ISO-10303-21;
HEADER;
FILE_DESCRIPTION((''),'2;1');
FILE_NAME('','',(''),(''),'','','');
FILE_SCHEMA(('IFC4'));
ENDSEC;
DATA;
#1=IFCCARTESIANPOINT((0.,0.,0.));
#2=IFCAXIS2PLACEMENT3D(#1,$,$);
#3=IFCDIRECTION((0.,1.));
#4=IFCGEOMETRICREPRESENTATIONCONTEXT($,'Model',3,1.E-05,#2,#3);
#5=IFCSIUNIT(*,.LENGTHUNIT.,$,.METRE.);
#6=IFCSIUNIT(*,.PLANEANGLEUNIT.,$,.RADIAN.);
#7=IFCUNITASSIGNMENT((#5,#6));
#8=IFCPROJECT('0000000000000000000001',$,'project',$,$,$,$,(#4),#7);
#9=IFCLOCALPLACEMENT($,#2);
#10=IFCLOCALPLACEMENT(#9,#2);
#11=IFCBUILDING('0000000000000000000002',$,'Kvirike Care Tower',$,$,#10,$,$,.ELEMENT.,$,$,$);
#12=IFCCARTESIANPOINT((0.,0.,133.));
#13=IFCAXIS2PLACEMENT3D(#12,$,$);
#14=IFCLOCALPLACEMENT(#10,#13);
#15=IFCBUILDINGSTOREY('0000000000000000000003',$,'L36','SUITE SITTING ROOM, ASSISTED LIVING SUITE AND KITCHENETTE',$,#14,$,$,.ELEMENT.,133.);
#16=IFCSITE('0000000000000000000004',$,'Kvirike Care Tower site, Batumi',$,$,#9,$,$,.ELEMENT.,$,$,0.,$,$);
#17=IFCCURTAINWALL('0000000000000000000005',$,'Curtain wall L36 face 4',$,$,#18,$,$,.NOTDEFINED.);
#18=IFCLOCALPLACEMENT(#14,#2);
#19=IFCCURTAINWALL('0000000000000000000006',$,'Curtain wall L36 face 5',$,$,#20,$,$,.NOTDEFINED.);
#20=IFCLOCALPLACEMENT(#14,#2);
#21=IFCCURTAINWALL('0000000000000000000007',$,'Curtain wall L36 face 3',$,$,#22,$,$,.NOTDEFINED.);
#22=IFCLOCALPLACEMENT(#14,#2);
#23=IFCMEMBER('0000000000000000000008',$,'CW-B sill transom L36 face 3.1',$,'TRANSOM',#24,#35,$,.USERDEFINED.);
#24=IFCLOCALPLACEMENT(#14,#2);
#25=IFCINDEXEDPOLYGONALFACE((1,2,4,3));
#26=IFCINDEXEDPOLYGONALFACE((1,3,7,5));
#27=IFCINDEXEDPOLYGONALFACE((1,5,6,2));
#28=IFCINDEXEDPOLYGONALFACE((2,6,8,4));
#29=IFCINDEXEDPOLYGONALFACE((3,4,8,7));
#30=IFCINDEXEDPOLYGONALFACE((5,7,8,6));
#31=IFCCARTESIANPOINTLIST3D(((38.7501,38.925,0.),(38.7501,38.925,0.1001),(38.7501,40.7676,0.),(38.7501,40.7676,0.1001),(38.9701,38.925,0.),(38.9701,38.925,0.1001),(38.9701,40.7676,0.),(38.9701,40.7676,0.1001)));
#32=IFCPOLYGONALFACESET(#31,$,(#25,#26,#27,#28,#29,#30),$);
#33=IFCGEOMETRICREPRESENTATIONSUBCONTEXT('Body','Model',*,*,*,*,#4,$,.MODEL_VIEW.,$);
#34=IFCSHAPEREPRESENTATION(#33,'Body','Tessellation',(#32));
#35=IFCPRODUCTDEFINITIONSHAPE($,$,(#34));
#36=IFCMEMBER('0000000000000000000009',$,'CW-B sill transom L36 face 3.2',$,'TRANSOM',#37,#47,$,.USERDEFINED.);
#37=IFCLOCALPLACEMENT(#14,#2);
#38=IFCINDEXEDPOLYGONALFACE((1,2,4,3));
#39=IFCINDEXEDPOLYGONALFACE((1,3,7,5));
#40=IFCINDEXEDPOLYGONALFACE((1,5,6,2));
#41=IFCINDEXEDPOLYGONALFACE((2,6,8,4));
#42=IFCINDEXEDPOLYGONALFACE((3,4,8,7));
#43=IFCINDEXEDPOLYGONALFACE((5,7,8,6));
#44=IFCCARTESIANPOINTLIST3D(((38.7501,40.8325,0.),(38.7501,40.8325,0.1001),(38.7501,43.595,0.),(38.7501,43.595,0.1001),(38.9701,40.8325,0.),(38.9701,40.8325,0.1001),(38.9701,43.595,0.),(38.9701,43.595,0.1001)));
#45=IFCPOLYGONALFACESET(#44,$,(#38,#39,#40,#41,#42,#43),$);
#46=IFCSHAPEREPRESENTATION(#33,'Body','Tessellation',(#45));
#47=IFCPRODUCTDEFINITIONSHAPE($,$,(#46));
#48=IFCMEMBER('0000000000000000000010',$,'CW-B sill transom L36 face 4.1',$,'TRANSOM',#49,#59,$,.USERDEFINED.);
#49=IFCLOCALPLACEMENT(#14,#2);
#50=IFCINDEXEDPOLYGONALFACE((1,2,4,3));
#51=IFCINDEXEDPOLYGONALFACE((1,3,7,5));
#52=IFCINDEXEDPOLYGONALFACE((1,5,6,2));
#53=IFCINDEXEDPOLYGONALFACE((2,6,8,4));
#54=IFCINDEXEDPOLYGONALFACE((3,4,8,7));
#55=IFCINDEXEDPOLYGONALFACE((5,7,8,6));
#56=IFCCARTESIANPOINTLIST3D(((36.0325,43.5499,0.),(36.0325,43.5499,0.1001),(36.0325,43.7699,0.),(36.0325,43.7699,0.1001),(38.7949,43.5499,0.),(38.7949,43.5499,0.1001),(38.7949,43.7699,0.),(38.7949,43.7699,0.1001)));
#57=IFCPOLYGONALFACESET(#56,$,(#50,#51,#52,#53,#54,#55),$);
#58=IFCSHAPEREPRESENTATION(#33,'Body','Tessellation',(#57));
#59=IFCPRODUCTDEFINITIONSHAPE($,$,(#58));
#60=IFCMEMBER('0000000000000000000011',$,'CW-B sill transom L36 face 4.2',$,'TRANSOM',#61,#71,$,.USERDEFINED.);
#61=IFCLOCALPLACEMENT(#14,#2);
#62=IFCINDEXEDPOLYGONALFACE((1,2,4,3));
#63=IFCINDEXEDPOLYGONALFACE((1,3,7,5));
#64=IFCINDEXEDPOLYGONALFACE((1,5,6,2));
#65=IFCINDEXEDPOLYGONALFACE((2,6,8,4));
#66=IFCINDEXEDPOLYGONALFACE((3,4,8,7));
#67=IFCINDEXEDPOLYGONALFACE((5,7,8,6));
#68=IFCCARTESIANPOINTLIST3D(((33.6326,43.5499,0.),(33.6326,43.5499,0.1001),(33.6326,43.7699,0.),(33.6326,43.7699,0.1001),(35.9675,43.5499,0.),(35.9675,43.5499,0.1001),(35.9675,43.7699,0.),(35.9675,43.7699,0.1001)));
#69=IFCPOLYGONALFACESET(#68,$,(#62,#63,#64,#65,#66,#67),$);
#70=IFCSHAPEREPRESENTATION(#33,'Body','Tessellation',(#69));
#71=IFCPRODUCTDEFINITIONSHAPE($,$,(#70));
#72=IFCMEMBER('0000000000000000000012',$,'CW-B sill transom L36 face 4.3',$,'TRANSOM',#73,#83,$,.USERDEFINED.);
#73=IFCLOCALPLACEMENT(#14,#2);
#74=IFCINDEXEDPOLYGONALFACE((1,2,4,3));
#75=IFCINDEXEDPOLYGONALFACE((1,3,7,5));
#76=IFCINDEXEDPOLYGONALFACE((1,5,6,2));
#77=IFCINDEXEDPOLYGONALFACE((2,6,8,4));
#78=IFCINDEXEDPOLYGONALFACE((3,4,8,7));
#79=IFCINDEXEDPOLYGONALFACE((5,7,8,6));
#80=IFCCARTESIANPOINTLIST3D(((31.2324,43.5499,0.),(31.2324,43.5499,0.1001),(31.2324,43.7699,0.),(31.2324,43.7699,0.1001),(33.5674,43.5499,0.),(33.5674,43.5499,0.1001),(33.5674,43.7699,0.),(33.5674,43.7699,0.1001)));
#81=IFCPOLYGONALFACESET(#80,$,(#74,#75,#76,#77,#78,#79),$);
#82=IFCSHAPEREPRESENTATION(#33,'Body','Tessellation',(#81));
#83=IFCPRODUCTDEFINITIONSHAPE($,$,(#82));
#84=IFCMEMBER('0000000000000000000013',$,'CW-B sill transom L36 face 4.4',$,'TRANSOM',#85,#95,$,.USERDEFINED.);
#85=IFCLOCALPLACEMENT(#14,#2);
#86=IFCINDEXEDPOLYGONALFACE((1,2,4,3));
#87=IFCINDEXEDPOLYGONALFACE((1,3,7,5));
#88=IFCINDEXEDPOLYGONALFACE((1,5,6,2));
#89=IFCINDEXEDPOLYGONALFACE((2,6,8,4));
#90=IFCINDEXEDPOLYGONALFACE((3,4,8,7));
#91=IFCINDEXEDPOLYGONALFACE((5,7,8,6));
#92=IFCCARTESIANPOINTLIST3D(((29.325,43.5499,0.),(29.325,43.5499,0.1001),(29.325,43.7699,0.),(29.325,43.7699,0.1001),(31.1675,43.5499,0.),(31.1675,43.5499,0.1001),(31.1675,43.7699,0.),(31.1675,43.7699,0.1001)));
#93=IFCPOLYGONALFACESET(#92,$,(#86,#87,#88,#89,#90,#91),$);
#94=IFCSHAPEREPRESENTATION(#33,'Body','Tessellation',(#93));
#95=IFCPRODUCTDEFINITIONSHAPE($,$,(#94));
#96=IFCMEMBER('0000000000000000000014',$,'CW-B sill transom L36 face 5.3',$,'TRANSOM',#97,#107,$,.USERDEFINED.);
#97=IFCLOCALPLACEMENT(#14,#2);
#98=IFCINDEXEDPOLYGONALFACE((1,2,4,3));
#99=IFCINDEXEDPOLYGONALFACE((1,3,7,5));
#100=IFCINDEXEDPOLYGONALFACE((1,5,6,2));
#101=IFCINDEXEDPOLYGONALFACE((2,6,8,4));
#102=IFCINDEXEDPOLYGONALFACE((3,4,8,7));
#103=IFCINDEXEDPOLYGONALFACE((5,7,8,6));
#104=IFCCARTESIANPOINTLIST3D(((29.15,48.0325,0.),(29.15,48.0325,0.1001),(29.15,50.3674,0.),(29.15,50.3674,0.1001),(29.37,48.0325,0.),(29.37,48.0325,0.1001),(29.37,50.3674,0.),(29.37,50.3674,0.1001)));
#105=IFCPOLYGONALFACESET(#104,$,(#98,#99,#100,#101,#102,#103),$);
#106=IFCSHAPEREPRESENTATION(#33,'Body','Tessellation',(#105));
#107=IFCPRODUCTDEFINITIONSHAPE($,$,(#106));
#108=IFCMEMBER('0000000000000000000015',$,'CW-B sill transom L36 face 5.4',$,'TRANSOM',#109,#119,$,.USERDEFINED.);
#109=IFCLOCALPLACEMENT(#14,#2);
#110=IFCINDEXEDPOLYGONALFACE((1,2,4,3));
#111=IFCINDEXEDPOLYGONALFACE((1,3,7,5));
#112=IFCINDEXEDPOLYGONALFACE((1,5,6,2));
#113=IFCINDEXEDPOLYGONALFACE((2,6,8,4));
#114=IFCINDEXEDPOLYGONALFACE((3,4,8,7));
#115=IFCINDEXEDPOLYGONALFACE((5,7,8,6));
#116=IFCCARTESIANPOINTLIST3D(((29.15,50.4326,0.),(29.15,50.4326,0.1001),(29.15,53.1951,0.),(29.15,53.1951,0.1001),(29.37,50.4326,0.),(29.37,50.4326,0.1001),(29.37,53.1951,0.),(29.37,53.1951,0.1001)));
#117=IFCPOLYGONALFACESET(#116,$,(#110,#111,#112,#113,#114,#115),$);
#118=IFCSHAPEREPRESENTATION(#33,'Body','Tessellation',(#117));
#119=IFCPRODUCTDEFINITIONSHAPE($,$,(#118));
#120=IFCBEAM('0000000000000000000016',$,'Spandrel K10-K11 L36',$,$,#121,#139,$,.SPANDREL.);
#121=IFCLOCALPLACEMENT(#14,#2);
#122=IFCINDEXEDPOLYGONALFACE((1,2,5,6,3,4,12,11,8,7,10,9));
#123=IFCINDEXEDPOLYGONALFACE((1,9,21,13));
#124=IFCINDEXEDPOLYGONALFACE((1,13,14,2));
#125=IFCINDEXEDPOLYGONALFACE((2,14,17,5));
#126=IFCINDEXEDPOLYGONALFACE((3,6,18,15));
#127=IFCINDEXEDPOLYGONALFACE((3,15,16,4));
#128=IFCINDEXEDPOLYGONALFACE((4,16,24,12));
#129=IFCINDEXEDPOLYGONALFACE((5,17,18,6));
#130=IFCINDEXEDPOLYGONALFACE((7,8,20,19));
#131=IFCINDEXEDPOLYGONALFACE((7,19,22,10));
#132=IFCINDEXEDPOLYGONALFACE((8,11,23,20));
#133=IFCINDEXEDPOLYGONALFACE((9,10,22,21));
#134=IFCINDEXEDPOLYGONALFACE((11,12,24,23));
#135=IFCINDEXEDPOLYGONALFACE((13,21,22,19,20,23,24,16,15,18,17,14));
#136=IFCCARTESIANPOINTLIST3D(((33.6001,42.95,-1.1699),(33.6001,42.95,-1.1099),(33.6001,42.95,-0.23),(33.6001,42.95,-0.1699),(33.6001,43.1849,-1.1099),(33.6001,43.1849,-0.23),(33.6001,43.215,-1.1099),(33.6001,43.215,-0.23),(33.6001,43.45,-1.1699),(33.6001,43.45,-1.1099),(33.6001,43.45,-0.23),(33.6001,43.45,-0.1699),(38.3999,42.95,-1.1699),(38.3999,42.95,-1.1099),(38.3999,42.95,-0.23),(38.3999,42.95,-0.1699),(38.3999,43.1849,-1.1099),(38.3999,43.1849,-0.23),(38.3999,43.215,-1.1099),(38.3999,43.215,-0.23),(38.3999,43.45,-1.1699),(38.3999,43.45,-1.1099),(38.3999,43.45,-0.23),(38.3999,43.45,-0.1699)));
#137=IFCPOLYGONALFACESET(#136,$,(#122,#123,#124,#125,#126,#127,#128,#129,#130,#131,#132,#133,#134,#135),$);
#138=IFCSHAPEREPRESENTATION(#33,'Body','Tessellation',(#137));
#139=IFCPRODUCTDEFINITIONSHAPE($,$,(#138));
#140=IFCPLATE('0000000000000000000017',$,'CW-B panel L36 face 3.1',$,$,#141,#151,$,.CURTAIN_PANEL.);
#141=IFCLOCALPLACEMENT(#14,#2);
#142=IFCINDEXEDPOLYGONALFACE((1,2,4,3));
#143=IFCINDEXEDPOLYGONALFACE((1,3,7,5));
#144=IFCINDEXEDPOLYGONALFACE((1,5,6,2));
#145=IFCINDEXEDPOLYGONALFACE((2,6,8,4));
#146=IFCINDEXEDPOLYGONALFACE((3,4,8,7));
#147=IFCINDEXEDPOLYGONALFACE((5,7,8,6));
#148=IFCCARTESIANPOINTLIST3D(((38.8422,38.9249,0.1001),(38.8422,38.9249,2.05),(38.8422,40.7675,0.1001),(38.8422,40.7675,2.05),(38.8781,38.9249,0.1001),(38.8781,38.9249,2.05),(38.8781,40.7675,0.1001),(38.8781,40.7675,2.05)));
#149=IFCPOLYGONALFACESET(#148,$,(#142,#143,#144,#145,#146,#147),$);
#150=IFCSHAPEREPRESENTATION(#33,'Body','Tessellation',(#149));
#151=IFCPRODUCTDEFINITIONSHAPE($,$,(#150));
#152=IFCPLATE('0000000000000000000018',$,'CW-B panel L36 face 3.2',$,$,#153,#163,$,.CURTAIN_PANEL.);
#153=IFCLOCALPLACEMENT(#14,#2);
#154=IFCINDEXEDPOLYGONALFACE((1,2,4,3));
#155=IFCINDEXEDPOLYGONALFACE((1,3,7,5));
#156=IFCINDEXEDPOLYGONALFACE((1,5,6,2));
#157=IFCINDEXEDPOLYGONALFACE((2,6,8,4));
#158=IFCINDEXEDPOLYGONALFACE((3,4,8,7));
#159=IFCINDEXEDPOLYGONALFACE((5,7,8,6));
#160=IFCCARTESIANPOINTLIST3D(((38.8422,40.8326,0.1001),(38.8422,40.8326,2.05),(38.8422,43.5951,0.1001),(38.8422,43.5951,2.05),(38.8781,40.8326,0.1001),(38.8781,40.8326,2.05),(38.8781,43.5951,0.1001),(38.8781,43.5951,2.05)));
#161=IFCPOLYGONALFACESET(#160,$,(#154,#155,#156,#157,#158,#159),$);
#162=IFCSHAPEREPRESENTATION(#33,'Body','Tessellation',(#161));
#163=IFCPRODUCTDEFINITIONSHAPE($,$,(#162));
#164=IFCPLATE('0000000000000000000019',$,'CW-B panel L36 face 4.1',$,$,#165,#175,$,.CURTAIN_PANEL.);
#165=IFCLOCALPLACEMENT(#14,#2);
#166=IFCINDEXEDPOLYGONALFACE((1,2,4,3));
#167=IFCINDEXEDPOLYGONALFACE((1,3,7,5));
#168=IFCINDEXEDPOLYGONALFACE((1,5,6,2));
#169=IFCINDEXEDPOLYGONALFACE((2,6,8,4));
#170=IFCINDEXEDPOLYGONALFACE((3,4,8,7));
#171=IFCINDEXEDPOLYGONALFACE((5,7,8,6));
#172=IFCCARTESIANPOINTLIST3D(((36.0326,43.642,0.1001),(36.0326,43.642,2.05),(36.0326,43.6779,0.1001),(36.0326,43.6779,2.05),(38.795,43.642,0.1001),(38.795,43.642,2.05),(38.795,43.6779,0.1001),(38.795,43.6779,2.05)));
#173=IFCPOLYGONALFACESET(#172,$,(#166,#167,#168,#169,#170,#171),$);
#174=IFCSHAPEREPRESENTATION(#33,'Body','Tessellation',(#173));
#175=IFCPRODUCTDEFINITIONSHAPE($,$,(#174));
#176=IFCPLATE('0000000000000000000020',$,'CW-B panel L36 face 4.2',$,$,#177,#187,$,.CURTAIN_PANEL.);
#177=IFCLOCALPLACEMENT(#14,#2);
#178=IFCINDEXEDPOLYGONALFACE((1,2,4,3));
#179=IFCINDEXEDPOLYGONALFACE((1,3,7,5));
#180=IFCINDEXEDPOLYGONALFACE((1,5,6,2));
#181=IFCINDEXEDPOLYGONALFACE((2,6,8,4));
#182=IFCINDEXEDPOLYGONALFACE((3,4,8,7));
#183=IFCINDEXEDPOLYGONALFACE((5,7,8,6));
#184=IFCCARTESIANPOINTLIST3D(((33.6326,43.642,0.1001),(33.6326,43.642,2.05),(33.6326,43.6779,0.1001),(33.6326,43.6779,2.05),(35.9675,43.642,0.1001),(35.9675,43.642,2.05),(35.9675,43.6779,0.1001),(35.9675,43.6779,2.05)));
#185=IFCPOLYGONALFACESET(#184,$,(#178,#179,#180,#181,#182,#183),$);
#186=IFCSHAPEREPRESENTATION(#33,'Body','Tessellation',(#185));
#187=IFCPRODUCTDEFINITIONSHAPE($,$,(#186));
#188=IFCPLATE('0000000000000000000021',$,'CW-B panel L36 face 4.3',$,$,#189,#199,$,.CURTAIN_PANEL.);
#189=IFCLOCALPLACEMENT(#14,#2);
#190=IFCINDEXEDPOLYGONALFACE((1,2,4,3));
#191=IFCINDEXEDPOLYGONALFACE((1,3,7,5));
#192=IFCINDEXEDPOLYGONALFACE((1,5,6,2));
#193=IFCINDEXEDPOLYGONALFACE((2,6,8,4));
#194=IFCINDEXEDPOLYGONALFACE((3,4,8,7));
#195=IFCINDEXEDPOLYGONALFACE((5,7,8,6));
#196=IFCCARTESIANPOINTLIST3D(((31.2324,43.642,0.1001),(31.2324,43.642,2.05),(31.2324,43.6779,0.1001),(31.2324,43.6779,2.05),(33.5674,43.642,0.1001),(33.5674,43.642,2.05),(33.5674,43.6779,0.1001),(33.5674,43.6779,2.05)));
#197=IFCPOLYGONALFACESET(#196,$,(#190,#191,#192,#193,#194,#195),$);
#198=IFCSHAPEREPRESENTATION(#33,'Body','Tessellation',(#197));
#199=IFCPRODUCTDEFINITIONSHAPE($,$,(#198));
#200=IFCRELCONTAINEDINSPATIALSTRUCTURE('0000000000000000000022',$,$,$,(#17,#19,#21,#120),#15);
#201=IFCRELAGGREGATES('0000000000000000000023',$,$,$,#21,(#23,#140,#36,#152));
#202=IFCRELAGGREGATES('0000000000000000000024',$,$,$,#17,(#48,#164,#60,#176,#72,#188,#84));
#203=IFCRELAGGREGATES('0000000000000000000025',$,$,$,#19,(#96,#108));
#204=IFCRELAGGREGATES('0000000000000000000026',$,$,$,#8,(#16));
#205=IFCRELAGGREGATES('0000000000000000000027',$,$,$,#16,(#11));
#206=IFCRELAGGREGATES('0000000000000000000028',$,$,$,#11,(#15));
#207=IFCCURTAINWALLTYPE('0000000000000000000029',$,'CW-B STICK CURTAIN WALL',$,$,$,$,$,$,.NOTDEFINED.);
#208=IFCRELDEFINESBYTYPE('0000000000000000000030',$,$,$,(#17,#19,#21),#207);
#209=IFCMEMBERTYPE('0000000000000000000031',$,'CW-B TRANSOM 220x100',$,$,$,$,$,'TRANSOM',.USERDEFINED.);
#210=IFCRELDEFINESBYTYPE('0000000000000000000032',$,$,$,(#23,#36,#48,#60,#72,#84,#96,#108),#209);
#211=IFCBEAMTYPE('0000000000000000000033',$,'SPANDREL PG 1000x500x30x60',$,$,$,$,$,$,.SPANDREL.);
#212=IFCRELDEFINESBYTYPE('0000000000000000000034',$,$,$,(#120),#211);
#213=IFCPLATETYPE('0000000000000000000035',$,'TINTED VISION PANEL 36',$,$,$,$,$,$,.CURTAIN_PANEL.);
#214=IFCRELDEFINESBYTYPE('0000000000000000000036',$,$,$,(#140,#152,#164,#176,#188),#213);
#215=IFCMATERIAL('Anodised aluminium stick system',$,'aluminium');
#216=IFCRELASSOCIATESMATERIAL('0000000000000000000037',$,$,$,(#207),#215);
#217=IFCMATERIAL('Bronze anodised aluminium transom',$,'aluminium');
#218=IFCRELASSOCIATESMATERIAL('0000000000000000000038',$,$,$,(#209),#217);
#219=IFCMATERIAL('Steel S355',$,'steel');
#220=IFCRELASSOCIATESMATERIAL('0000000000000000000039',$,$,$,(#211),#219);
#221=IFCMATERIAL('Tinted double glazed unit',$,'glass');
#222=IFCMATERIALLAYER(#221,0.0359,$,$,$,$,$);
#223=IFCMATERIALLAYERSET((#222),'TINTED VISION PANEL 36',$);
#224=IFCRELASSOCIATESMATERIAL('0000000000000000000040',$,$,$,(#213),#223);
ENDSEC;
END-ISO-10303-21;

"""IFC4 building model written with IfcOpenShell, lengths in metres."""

from ifc_helpers import new_model, si_unit, direction, frame, origin, origin_2d, place, context, subcontext, project, spatial, rectangle, i_section, extrude, material, layer, layer_set, material_profile, profile_set, type_object, element, aggregate, save


model = new_model("IFC4")

# Units and contexts
model_context = context("Model", 3, precision=1e-05, world=origin(), true_north=direction((0.0, 1.0)))
body_context = subcontext(model_context, "Body", "Model", "MODEL_VIEW")
ifc_project = project(units=[si_unit("LENGTHUNIT", "METRE"), si_unit("PLANEANGLEUNIT", "RADIAN")], contexts=[model_context])

# Site, building, storey
site_placement = place(None, origin())
site = spatial("IfcSite", under=ifc_project, at=site_placement, Name="Kvirike Care Tower site, Batumi", CompositionType="ELEMENT", RefElevation=0.0)
building_placement = place(site_placement, origin())
building = spatial("IfcBuilding", under=site, at=building_placement, Name="Kvirike Care Tower", CompositionType="ELEMENT")
storey_placement = place(building_placement, frame((0.0, 0.0, 133.0)))
storey = spatial("IfcBuildingStorey", under=building, at=storey_placement, Name="L36", Description="SUITE SITTING ROOM, ASSISTED LIVING SUITE AND KITCHENETTE", CompositionType="ELEMENT", Elevation=133.0)

# Curtain walls
ifc_material_1 = material(Name="Anodised aluminium stick system", Category="aluminium")
curtain_wall_type = type_object("IfcCurtainWallType", Name="CW-B STICK CURTAIN WALL", PredefinedType="NOTDEFINED", material=ifc_material_1)
curtain_wall_1_placement = place(storey_placement, origin())
curtain_wall_1 = element("IfcCurtainWall", 1, at=curtain_wall_1_placement, inside=storey, type_object=curtain_wall_type, Name="Curtain wall L36 face 4", PredefinedType="NOTDEFINED")
curtain_wall_2_placement = place(storey_placement, origin())
curtain_wall_2 = element("IfcCurtainWall", 2, at=curtain_wall_2_placement, inside=storey, type_object=curtain_wall_type, Name="Curtain wall L36 face 5", PredefinedType="NOTDEFINED")

# Curtain wall
curtain_wall_3_placement = place(storey_placement, origin())
curtain_wall_3 = element("IfcCurtainWall", 3, at=curtain_wall_3_placement, inside=storey, type_object=curtain_wall_type, Name="Curtain wall L36 face 3", PredefinedType="NOTDEFINED")

# Members
ifc_material_2 = material(Name="Bronze anodised aluminium transom", Category="aluminium")
ifc_material_profile_1 = material_profile(ifc_material_2, rectangle(XDim=0.22, YDim=0.1001, at=origin_2d()), Name="CW-B TRANSOM 220x100")
ifc_profile_set_1 = profile_set([ifc_material_profile_1], Name="Bronze anodised aluminium transom")
member_type_1 = type_object("IfcMemberType", Name="CW-B TRANSOM 220x100", ElementType="TRANSOM", PredefinedType="USERDEFINED", material=ifc_profile_set_1)
member_1_placement = place(storey_placement, frame((38.8601, 38.925, 0.05), z_axis=(0.0, 1.0, 0.0), x_axis=(-1.0, 0.0, 0.0)))
member_1 = element("IfcMember", 4, at=member_1_placement, type_object=member_type_1, Name="CW-B sill transom L36 face 3.1", ObjectType="TRANSOM", PredefinedType="USERDEFINED", context=body_context, shape_type="SweptSolid", body=[
    extrude(rectangle(XDim=0.22, YDim=0.1001, at=origin_2d()), origin(), (0.0, 0.0, 1.0), 1.8425),
])
member_2_placement = place(storey_placement, frame((38.8601, 40.8325, 0.05), z_axis=(0.0, 1.0, 0.0), x_axis=(-1.0, 0.0, 0.0)))
member_2 = element("IfcMember", 5, at=member_2_placement, type_object=member_type_1, Name="CW-B sill transom L36 face 3.2", ObjectType="TRANSOM", PredefinedType="USERDEFINED", context=body_context, shape_type="SweptSolid", body=[
    extrude(rectangle(XDim=0.22, YDim=0.1001, at=origin_2d()), origin(), (0.0, 0.0, 1.0), 2.7625),
])
member_3_placement = place(storey_placement, frame((38.7949, 43.6599, 0.05), z_axis=(-1.0, 0.0, 0.0), x_axis=(0.0, -1.0, 0.0)))
member_3 = element("IfcMember", 6, at=member_3_placement, type_object=member_type_1, Name="CW-B sill transom L36 face 4.1", ObjectType="TRANSOM", PredefinedType="USERDEFINED", context=body_context, shape_type="SweptSolid", body=[
    extrude(rectangle(XDim=0.22, YDim=0.1001, at=origin_2d()), origin(), (0.0, 0.0, 1.0), 2.7625),
])
member_4_placement = place(storey_placement, frame((35.9675, 43.6599, 0.05), z_axis=(-1.0, 0.0, 0.0), x_axis=(0.0, -1.0, 0.0)))
member_4 = element("IfcMember", 7, at=member_4_placement, type_object=member_type_1, Name="CW-B sill transom L36 face 4.2", ObjectType="TRANSOM", PredefinedType="USERDEFINED", context=body_context, shape_type="SweptSolid", body=[
    extrude(rectangle(XDim=0.22, YDim=0.1001, at=origin_2d()), origin(), (0.0, 0.0, 1.0), 2.335),
])
member_5_placement = place(storey_placement, frame((33.5674, 43.6599, 0.05), z_axis=(-1.0, 0.0, 0.0), x_axis=(0.0, -1.0, 0.0)))
member_5 = element("IfcMember", 8, at=member_5_placement, type_object=member_type_1, Name="CW-B sill transom L36 face 4.3", ObjectType="TRANSOM", PredefinedType="USERDEFINED", context=body_context, shape_type="SweptSolid", body=[
    extrude(rectangle(XDim=0.22, YDim=0.1001, at=origin_2d()), origin(), (0.0, 0.0, 1.0), 2.335),
])
member_6_placement = place(storey_placement, frame((31.1675, 43.6599, 0.05), z_axis=(-1.0, 0.0, 0.0), x_axis=(0.0, -1.0, 0.0)))
member_6 = element("IfcMember", 9, at=member_6_placement, type_object=member_type_1, Name="CW-B sill transom L36 face 4.4", ObjectType="TRANSOM", PredefinedType="USERDEFINED", context=body_context, shape_type="SweptSolid", body=[
    extrude(rectangle(XDim=0.22, YDim=0.1001, at=origin_2d()), origin(), (0.0, 0.0, 1.0), 1.8425),
])
member_7_placement = place(storey_placement, frame((29.26, 48.0325, 0.05), z_axis=(0.0, 1.0, 0.0), x_axis=(-1.0, 0.0, 0.0)))
member_7 = element("IfcMember", 10, at=member_7_placement, type_object=member_type_1, Name="CW-B sill transom L36 face 5.3", ObjectType="TRANSOM", PredefinedType="USERDEFINED", context=body_context, shape_type="SweptSolid", body=[
    extrude(rectangle(XDim=0.22, YDim=0.1001, at=origin_2d()), origin(), (0.0, 0.0, 1.0), 2.335),
])
member_8_placement = place(storey_placement, frame((29.26, 50.4326, 0.05), z_axis=(0.0, 1.0, 0.0), x_axis=(-1.0, 0.0, 0.0)))
member_8 = element("IfcMember", 11, at=member_8_placement, type_object=member_type_1, Name="CW-B sill transom L36 face 5.4", ObjectType="TRANSOM", PredefinedType="USERDEFINED", context=body_context, shape_type="SweptSolid", body=[
    extrude(rectangle(XDim=0.22, YDim=0.1001, at=origin_2d()), origin(), (0.0, 0.0, 1.0), 2.7625),
])

# Beam
ifc_material_3 = material(Name="Steel S355", Category="steel")
ifc_material_profile_2 = material_profile(ifc_material_3, i_section(OverallWidth=0.5, OverallDepth=1.0, WebThickness=0.03, FlangeThickness=0.0601, at=origin_2d()), Name="PG 1000x500x30x60")
ifc_profile_set_2 = profile_set([ifc_material_profile_2], Name="Steel S355")
beam_type = type_object("IfcBeamType", Name="SPANDREL PG 1000x500x30x60", PredefinedType="SPANDREL", material=ifc_profile_set_2)
beam_placement = place(storey_placement, frame((33.6001, 43.2, -0.6699), z_axis=(1.0, 0.0, 0.0), x_axis=(0.0, 1.0, 0.0)))
element("IfcBeam", 12, at=beam_placement, inside=storey, type_object=beam_type, Name="Spandrel K10-K11 L36", PredefinedType="SPANDREL", context=body_context, shape_type="SweptSolid", body=[
    extrude(i_section(OverallWidth=0.5, OverallDepth=1.0, WebThickness=0.03, FlangeThickness=0.0601, at=origin_2d()), origin(), (0.0, 0.0, 1.0), 4.7998),
])

# Plates
ifc_material_4 = material(Name="Tinted double glazed unit", Category="glass")
ifc_layer_1 = layer(ifc_material_4, 0.0359)
ifc_layer_set_1 = layer_set([ifc_layer_1], Name="TINTED VISION PANEL 36")
plate_type = type_object("IfcPlateType", Name="TINTED VISION PANEL 36", PredefinedType="CURTAIN_PANEL", material=ifc_layer_set_1)
plate_1_placement = place(storey_placement, frame((38.8601, 39.8462, 0.1001), z_axis=(0.0, 0.0, 1.0), x_axis=(0.0, 1.0, 0.0)))
plate_1 = element("IfcPlate", 13, at=plate_1_placement, type_object=plate_type, Name="CW-B panel L36 face 3.1", PredefinedType="CURTAIN_PANEL", context=body_context, shape_type="SweptSolid", body=[
    extrude(rectangle(XDim=1.8425, YDim=0.0359, at=origin_2d()), origin(), (0.0, 0.0, 1.0), 1.95),
])
plate_2_placement = place(storey_placement, frame((38.8601, 42.2139, 0.1001), z_axis=(0.0, 0.0, 1.0), x_axis=(0.0, 1.0, 0.0)))
plate_2 = element("IfcPlate", 14, at=plate_2_placement, type_object=plate_type, Name="CW-B panel L36 face 3.2", PredefinedType="CURTAIN_PANEL", context=body_context, shape_type="SweptSolid", body=[
    extrude(rectangle(XDim=2.7625, YDim=0.0359, at=origin_2d()), origin(), (0.0, 0.0, 1.0), 1.95),
])
aggregate(curtain_wall_3, [member_1, plate_1, member_2, plate_2])
plate_3_placement = place(storey_placement, frame((37.4138, 43.6599, 0.1001), z_axis=(0.0, 0.0, 1.0), x_axis=(-1.0, 0.0, 0.0)))
plate_3 = element("IfcPlate", 15, at=plate_3_placement, type_object=plate_type, Name="CW-B panel L36 face 4.1", PredefinedType="CURTAIN_PANEL", context=body_context, shape_type="SweptSolid", body=[
    extrude(rectangle(XDim=2.7625, YDim=0.0359, at=origin_2d()), origin(), (0.0, 0.0, 1.0), 1.95),
])
plate_4_placement = place(storey_placement, frame((34.8, 43.6599, 0.1001), z_axis=(0.0, 0.0, 1.0), x_axis=(-1.0, 0.0, 0.0)))
plate_4 = element("IfcPlate", 16, at=plate_4_placement, type_object=plate_type, Name="CW-B panel L36 face 4.2", PredefinedType="CURTAIN_PANEL", context=body_context, shape_type="SweptSolid", body=[
    extrude(rectangle(XDim=2.335, YDim=0.0359, at=origin_2d()), origin(), (0.0, 0.0, 1.0), 1.95),
])
plate_5_placement = place(storey_placement, frame((32.3999, 43.6599, 0.1001), z_axis=(0.0, 0.0, 1.0), x_axis=(-1.0, 0.0, 0.0)))
plate_5 = element("IfcPlate", 17, at=plate_5_placement, type_object=plate_type, Name="CW-B panel L36 face 4.3", PredefinedType="CURTAIN_PANEL", context=body_context, shape_type="SweptSolid", body=[
    extrude(rectangle(XDim=2.335, YDim=0.0359, at=origin_2d()), origin(), (0.0, 0.0, 1.0), 1.95),
])
aggregate(curtain_wall_1, [member_3, plate_3, member_4, plate_4, member_5, plate_5, member_6])
aggregate(curtain_wall_2, [member_7, member_8])

save(model, "model.ifc")
